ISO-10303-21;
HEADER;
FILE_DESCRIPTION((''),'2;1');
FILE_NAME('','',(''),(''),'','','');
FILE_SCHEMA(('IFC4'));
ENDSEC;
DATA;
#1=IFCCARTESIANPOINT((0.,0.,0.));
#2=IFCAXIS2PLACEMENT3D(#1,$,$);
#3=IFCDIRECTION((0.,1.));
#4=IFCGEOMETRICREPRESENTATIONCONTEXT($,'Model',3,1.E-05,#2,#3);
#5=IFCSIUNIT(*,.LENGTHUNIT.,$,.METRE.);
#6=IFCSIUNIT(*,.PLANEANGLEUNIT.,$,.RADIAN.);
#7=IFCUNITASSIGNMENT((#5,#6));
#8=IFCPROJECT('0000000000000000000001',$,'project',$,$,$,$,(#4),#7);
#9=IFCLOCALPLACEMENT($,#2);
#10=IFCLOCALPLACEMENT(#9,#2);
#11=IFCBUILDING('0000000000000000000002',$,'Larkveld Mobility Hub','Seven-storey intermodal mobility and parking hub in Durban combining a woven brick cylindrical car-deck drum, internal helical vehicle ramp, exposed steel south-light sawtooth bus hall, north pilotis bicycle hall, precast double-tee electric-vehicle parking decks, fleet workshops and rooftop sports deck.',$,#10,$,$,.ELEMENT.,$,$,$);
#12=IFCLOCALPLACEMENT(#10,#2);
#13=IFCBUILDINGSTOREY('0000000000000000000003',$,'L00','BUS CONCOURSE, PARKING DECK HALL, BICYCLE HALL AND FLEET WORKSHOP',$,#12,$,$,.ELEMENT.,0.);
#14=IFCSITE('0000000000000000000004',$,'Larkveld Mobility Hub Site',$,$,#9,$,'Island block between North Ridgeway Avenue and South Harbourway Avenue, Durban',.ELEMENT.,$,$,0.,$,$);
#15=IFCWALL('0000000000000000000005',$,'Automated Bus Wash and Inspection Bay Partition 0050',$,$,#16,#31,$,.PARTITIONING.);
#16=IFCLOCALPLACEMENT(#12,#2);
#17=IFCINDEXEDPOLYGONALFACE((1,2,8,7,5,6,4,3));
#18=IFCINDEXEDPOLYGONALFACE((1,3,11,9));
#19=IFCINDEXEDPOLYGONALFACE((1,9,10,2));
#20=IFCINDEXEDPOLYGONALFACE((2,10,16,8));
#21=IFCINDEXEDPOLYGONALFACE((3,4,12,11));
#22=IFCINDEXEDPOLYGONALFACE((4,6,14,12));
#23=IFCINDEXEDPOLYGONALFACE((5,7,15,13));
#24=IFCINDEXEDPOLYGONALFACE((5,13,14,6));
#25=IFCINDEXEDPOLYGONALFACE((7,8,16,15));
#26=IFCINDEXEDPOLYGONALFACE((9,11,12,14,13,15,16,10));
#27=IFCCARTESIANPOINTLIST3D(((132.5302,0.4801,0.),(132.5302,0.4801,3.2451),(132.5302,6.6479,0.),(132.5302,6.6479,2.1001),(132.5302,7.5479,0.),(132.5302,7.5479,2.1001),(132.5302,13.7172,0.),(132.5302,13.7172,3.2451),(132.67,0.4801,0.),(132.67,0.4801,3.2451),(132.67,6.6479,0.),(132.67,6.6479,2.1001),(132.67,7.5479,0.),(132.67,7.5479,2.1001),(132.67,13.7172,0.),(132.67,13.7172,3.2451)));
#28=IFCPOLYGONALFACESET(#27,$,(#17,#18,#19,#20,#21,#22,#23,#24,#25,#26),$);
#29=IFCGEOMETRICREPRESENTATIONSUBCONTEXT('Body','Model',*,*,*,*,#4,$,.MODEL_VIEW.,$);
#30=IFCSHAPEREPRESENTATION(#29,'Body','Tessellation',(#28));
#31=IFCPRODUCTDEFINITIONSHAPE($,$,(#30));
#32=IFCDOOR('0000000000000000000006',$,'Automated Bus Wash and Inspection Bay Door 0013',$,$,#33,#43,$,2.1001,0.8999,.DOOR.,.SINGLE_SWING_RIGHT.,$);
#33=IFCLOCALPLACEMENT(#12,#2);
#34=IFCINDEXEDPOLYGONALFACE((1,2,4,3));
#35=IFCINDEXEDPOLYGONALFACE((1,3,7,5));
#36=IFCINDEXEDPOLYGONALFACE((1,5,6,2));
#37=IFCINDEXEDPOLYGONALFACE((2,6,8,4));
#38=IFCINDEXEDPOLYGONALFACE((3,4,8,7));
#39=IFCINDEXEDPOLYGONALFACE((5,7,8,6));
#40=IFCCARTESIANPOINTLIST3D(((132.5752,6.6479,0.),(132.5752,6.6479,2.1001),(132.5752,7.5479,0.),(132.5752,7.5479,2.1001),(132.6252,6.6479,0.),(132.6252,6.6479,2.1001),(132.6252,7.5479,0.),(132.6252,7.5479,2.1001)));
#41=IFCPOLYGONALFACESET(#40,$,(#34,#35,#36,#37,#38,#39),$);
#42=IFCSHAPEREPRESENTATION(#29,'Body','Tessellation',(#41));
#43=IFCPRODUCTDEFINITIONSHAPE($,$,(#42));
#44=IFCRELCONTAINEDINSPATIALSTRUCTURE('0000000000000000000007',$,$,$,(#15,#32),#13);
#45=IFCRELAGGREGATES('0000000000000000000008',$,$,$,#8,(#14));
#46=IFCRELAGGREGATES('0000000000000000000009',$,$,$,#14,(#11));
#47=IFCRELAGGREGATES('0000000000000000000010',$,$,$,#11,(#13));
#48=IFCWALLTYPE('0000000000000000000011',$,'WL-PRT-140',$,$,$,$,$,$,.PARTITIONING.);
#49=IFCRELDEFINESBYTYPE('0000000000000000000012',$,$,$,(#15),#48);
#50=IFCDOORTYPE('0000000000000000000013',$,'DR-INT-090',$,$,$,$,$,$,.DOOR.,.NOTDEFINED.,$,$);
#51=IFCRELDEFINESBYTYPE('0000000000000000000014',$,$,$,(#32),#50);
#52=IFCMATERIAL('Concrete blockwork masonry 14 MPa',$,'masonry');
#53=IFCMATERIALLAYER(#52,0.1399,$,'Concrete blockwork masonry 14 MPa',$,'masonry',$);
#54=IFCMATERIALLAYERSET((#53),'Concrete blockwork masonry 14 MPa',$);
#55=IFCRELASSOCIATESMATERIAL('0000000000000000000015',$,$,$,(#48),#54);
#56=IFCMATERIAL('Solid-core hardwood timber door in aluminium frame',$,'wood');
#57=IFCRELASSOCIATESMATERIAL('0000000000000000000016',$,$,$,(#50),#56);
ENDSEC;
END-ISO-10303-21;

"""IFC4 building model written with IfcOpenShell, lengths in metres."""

from ifc_helpers import new_model, si_unit, direction, frame, frame_2d, origin, place, context, subcontext, project, spatial, rectangle, extrude, material, layer, layer_set, type_object, element, fill, save


model = new_model("IFC4")

# Units and contexts
model_context = context("Model", 3, precision=1e-05, world=origin(), true_north=direction((0.0, 1.0)))
body_context = subcontext(model_context, "Body", "Model", "MODEL_VIEW")
ifc_project = project(units=[si_unit("LENGTHUNIT", "METRE"), si_unit("PLANEANGLEUNIT", "RADIAN")], contexts=[model_context])

# Site, building, storey
site_placement = place(None, origin())
site = spatial("IfcSite", under=ifc_project, at=site_placement, Name="Larkveld Mobility Hub Site", LongName="Island block between North Ridgeway Avenue and South Harbourway Avenue, Durban", CompositionType="ELEMENT", RefElevation=0.0)
building_placement = place(site_placement, origin())
building = spatial("IfcBuilding", under=site, at=building_placement, Name="Larkveld Mobility Hub", Description="Seven-storey intermodal mobility and parking hub in Durban combining a woven brick cylindrical car-deck drum, internal helical vehicle ramp, exposed steel south-light sawtooth bus hall, north pilotis bicycle hall, precast double-tee electric-vehicle parking decks, fleet workshops and rooftop sports deck.", CompositionType="ELEMENT")
storey_placement = place(building_placement, origin())
storey = spatial("IfcBuildingStorey", under=building, at=storey_placement, Name="L00", Description="BUS CONCOURSE, PARKING DECK HALL, BICYCLE HALL AND FLEET WORKSHOP", CompositionType="ELEMENT", Elevation=0.0)

# Wall, opening, door
ifc_material_1 = material(Name="Concrete blockwork masonry 14 MPa", Category="masonry")
ifc_layer = layer(ifc_material_1, 0.1399, Name="Concrete blockwork masonry 14 MPa", Category="masonry")
ifc_layer_set = layer_set([ifc_layer], Name="Concrete blockwork masonry 14 MPa")
wall_type = type_object("IfcWallType", Name="WL-PRT-140", PredefinedType="PARTITIONING", material=ifc_layer_set)
wall_placement = place(storey_placement, frame((132.6001, 0.48, 0.0), z_axis=(0.0, 0.0, 1.0), x_axis=(0.0, 1.0, 0.0)))
wall = element("IfcWall", 1, at=wall_placement, inside=storey, type_object=wall_type, Name="Automated Bus Wash and Inspection Bay Partition 0050", PredefinedType="PARTITIONING", context=body_context, shape_type="SweptSolid", body=[
    extrude(rectangle(XDim=13.2371, YDim=0.1399, at=frame_2d((6.6187, 0.0))), origin(), (0.0, 0.0, 1.0), 3.2451),
])
opening_placement = place(wall_placement, frame((6.168, 0.0, 0.0)))
opening = element("IfcOpeningElement", 2, at=opening_placement, cuts=wall, PredefinedType="OPENING", context=body_context, shape_type="SweptSolid", body=[
    extrude(rectangle(XDim=0.8999, YDim=2.1001, at=frame_2d((0.45, 1.05))), frame((0.0, 0.0801, 0.0), z_axis=(0.0, -1.0, 0.0), x_axis=(1.0, 0.0, 0.0)), (0.0, 0.0, 1.0), 0.1599),
])
ifc_material_2 = material(Name="Solid-core hardwood timber door in aluminium frame", Category="wood")
door_type = type_object("IfcDoorType", Name="DR-INT-090", OperationType="NOTDEFINED", PredefinedType="DOOR", material=ifc_material_2)
door_placement = place(opening_placement, origin())
door = element("IfcDoor", 3, at=door_placement, inside=storey, type_object=door_type, Name="Automated Bus Wash and Inspection Bay Door 0013", OperationType="SINGLE_SWING_RIGHT", OverallHeight=2.1001, OverallWidth=0.8999, PredefinedType="DOOR", context=body_context, shape_type="SweptSolid", body=[
    extrude(rectangle(XDim=0.8999, YDim=2.1001, at=frame_2d((0.45, 1.05))), frame((0.0, 0.0249, 0.0), z_axis=(0.0, -1.0, 0.0), x_axis=(1.0, 0.0, 0.0)), (0.0, 0.0, 1.0), 0.05),
])
fill(opening, door)

save(model, "model.ifc")
